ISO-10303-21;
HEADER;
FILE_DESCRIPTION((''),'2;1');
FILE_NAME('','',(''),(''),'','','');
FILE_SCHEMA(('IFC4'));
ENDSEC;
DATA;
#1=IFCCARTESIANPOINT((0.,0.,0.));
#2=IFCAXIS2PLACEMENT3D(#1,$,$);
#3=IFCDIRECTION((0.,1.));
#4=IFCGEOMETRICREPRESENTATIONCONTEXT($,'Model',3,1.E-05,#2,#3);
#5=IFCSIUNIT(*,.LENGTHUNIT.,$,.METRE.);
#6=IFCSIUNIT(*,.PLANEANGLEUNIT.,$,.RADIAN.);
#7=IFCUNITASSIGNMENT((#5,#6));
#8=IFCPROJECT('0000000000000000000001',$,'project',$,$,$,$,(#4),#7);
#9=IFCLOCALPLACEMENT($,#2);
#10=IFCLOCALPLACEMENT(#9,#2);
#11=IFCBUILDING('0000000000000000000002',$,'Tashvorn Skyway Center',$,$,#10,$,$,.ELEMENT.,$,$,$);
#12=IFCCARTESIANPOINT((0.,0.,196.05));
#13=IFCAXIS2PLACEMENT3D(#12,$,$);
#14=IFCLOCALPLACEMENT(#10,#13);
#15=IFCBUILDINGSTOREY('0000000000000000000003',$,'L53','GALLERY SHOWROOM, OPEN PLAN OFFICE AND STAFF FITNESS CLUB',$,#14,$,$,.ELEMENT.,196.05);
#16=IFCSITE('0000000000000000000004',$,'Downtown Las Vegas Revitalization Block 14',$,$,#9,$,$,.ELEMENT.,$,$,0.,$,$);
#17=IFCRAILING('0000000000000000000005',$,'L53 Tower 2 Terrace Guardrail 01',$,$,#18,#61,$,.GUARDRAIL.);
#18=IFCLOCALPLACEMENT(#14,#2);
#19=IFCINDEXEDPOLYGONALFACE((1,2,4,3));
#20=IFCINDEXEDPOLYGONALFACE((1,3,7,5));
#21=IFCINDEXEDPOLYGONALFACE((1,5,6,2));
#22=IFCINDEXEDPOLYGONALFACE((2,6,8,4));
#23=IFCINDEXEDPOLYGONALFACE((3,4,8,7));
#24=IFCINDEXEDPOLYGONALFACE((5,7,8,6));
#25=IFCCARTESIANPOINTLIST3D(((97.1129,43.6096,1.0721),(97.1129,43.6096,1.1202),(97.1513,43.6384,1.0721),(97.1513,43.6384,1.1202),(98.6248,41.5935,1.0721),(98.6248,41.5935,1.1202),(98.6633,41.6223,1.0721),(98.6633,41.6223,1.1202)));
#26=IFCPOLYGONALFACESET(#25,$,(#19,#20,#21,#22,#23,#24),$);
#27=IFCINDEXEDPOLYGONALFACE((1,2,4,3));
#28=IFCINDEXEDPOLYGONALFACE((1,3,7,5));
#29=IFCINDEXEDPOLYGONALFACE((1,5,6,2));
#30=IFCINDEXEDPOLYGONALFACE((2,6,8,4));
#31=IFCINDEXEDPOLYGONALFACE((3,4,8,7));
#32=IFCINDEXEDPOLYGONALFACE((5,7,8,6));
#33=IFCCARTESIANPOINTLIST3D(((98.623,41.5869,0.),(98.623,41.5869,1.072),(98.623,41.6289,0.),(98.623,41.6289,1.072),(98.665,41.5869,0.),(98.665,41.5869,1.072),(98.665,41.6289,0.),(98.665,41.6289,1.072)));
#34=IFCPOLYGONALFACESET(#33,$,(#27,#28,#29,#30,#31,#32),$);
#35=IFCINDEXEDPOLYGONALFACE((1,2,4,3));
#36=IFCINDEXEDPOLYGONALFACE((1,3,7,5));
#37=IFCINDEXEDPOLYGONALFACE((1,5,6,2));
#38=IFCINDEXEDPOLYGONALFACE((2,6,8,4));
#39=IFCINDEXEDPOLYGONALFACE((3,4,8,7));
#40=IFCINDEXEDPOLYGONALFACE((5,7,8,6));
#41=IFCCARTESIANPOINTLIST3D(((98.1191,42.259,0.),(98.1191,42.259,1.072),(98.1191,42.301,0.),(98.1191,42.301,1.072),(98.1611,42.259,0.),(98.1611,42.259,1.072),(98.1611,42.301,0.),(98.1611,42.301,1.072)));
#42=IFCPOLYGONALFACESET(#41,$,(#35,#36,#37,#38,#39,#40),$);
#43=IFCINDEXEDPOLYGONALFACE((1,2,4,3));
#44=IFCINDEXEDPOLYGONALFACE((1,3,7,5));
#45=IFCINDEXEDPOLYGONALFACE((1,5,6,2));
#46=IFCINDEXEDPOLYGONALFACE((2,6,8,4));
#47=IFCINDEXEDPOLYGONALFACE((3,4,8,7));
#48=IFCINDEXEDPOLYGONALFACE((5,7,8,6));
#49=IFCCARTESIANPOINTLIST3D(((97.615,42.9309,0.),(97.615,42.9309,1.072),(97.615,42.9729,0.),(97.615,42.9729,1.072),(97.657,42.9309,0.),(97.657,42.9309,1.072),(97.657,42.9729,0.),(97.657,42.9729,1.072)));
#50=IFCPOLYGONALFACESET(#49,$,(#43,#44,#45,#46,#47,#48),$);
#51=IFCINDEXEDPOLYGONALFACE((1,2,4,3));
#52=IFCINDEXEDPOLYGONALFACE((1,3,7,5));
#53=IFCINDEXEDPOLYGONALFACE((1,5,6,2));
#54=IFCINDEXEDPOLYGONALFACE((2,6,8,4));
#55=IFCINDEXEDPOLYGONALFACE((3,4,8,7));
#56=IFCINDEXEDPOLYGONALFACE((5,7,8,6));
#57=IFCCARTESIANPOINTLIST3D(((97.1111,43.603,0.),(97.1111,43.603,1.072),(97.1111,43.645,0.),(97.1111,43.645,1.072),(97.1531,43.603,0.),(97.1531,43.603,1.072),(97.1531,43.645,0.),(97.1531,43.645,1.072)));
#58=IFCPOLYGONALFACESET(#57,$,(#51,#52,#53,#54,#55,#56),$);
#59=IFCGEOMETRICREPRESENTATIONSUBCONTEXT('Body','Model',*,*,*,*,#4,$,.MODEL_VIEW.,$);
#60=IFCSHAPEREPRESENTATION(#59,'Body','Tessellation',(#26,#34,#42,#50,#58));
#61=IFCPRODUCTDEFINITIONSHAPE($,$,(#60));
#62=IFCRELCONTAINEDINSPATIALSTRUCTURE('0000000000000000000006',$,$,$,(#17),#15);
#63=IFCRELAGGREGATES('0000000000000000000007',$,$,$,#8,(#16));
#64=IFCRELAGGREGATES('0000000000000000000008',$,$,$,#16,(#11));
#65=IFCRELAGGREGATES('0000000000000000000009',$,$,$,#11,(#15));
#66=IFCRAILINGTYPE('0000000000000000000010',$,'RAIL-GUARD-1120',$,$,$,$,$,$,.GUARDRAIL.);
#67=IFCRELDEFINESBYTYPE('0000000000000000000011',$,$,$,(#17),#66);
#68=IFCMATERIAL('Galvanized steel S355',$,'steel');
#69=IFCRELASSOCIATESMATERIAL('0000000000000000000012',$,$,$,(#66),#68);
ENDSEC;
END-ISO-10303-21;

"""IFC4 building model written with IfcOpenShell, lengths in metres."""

from ifc_helpers import new_model, si_unit, direction, frame, origin, origin_2d, place, context, subcontext, project, spatial, rectangle, extrude, material, type_object, element, save


model = new_model("IFC4")

# Units and contexts
model_context = context("Model", 3, precision=1e-05, world=origin(), true_north=direction((0.0, 1.0)))
body_context = subcontext(model_context, "Body", "Model", "MODEL_VIEW")
ifc_project = project(units=[si_unit("LENGTHUNIT", "METRE"), si_unit("PLANEANGLEUNIT", "RADIAN")], contexts=[model_context])

# Site, building, storey
site_placement = place(None, origin())
site = spatial("IfcSite", under=ifc_project, at=site_placement, Name="Downtown Las Vegas Revitalization Block 14", CompositionType="ELEMENT", RefElevation=0.0)
building_placement = place(site_placement, origin())
building = spatial("IfcBuilding", under=site, at=building_placement, Name="Tashvorn Skyway Center", CompositionType="ELEMENT")
storey_placement = place(building_placement, frame((0.0, 0.0, 196.05)))
storey = spatial("IfcBuildingStorey", under=building, at=storey_placement, Name="L53", Description="GALLERY SHOWROOM, OPEN PLAN OFFICE AND STAFF FITNESS CLUB", CompositionType="ELEMENT", Elevation=196.05)

# Railing
ifc_material_1 = material(Name="Galvanized steel S355", Category="steel")
railing_type = type_object("IfcRailingType", Name="RAIL-GUARD-1120", PredefinedType="GUARDRAIL", material=ifc_material_1)
railing_placement = place(storey_placement, frame((98.644, 41.6079, 0.0)))
element("IfcRailing", 1, at=railing_placement, inside=storey, type_object=railing_type, Name="L53 Tower 2 Terrace Guardrail 01", PredefinedType="GUARDRAIL", context=body_context, shape_type="SweptSolid", body=[
    extrude(rectangle(XDim=0.0481, YDim=0.0481, at=origin_2d()), frame((0.0, 0.0, 1.0962), z_axis=(-0.599969, 0.800023, 0.0), x_axis=(-0.800023, -0.599969, 0.0)), (0.0, 0.0, 1.0), 2.52),
    extrude(rectangle(XDim=0.042, YDim=0.042, at=origin_2d()), origin(), (0.0, 0.0, 1.0), 1.072),
    extrude(rectangle(XDim=0.042, YDim=0.042, at=origin_2d()), frame((-0.5039, 0.6721, 0.0)), (0.0, 0.0, 1.0), 1.072),
    extrude(rectangle(XDim=0.042, YDim=0.042, at=origin_2d()), frame((-1.0081, 1.344, 0.0)), (0.0, 0.0, 1.0), 1.072),
    extrude(rectangle(XDim=0.042, YDim=0.042, at=origin_2d()), frame((-1.512, 2.0161, 0.0)), (0.0, 0.0, 1.0), 1.072),
])

save(model, "model.ifc")
